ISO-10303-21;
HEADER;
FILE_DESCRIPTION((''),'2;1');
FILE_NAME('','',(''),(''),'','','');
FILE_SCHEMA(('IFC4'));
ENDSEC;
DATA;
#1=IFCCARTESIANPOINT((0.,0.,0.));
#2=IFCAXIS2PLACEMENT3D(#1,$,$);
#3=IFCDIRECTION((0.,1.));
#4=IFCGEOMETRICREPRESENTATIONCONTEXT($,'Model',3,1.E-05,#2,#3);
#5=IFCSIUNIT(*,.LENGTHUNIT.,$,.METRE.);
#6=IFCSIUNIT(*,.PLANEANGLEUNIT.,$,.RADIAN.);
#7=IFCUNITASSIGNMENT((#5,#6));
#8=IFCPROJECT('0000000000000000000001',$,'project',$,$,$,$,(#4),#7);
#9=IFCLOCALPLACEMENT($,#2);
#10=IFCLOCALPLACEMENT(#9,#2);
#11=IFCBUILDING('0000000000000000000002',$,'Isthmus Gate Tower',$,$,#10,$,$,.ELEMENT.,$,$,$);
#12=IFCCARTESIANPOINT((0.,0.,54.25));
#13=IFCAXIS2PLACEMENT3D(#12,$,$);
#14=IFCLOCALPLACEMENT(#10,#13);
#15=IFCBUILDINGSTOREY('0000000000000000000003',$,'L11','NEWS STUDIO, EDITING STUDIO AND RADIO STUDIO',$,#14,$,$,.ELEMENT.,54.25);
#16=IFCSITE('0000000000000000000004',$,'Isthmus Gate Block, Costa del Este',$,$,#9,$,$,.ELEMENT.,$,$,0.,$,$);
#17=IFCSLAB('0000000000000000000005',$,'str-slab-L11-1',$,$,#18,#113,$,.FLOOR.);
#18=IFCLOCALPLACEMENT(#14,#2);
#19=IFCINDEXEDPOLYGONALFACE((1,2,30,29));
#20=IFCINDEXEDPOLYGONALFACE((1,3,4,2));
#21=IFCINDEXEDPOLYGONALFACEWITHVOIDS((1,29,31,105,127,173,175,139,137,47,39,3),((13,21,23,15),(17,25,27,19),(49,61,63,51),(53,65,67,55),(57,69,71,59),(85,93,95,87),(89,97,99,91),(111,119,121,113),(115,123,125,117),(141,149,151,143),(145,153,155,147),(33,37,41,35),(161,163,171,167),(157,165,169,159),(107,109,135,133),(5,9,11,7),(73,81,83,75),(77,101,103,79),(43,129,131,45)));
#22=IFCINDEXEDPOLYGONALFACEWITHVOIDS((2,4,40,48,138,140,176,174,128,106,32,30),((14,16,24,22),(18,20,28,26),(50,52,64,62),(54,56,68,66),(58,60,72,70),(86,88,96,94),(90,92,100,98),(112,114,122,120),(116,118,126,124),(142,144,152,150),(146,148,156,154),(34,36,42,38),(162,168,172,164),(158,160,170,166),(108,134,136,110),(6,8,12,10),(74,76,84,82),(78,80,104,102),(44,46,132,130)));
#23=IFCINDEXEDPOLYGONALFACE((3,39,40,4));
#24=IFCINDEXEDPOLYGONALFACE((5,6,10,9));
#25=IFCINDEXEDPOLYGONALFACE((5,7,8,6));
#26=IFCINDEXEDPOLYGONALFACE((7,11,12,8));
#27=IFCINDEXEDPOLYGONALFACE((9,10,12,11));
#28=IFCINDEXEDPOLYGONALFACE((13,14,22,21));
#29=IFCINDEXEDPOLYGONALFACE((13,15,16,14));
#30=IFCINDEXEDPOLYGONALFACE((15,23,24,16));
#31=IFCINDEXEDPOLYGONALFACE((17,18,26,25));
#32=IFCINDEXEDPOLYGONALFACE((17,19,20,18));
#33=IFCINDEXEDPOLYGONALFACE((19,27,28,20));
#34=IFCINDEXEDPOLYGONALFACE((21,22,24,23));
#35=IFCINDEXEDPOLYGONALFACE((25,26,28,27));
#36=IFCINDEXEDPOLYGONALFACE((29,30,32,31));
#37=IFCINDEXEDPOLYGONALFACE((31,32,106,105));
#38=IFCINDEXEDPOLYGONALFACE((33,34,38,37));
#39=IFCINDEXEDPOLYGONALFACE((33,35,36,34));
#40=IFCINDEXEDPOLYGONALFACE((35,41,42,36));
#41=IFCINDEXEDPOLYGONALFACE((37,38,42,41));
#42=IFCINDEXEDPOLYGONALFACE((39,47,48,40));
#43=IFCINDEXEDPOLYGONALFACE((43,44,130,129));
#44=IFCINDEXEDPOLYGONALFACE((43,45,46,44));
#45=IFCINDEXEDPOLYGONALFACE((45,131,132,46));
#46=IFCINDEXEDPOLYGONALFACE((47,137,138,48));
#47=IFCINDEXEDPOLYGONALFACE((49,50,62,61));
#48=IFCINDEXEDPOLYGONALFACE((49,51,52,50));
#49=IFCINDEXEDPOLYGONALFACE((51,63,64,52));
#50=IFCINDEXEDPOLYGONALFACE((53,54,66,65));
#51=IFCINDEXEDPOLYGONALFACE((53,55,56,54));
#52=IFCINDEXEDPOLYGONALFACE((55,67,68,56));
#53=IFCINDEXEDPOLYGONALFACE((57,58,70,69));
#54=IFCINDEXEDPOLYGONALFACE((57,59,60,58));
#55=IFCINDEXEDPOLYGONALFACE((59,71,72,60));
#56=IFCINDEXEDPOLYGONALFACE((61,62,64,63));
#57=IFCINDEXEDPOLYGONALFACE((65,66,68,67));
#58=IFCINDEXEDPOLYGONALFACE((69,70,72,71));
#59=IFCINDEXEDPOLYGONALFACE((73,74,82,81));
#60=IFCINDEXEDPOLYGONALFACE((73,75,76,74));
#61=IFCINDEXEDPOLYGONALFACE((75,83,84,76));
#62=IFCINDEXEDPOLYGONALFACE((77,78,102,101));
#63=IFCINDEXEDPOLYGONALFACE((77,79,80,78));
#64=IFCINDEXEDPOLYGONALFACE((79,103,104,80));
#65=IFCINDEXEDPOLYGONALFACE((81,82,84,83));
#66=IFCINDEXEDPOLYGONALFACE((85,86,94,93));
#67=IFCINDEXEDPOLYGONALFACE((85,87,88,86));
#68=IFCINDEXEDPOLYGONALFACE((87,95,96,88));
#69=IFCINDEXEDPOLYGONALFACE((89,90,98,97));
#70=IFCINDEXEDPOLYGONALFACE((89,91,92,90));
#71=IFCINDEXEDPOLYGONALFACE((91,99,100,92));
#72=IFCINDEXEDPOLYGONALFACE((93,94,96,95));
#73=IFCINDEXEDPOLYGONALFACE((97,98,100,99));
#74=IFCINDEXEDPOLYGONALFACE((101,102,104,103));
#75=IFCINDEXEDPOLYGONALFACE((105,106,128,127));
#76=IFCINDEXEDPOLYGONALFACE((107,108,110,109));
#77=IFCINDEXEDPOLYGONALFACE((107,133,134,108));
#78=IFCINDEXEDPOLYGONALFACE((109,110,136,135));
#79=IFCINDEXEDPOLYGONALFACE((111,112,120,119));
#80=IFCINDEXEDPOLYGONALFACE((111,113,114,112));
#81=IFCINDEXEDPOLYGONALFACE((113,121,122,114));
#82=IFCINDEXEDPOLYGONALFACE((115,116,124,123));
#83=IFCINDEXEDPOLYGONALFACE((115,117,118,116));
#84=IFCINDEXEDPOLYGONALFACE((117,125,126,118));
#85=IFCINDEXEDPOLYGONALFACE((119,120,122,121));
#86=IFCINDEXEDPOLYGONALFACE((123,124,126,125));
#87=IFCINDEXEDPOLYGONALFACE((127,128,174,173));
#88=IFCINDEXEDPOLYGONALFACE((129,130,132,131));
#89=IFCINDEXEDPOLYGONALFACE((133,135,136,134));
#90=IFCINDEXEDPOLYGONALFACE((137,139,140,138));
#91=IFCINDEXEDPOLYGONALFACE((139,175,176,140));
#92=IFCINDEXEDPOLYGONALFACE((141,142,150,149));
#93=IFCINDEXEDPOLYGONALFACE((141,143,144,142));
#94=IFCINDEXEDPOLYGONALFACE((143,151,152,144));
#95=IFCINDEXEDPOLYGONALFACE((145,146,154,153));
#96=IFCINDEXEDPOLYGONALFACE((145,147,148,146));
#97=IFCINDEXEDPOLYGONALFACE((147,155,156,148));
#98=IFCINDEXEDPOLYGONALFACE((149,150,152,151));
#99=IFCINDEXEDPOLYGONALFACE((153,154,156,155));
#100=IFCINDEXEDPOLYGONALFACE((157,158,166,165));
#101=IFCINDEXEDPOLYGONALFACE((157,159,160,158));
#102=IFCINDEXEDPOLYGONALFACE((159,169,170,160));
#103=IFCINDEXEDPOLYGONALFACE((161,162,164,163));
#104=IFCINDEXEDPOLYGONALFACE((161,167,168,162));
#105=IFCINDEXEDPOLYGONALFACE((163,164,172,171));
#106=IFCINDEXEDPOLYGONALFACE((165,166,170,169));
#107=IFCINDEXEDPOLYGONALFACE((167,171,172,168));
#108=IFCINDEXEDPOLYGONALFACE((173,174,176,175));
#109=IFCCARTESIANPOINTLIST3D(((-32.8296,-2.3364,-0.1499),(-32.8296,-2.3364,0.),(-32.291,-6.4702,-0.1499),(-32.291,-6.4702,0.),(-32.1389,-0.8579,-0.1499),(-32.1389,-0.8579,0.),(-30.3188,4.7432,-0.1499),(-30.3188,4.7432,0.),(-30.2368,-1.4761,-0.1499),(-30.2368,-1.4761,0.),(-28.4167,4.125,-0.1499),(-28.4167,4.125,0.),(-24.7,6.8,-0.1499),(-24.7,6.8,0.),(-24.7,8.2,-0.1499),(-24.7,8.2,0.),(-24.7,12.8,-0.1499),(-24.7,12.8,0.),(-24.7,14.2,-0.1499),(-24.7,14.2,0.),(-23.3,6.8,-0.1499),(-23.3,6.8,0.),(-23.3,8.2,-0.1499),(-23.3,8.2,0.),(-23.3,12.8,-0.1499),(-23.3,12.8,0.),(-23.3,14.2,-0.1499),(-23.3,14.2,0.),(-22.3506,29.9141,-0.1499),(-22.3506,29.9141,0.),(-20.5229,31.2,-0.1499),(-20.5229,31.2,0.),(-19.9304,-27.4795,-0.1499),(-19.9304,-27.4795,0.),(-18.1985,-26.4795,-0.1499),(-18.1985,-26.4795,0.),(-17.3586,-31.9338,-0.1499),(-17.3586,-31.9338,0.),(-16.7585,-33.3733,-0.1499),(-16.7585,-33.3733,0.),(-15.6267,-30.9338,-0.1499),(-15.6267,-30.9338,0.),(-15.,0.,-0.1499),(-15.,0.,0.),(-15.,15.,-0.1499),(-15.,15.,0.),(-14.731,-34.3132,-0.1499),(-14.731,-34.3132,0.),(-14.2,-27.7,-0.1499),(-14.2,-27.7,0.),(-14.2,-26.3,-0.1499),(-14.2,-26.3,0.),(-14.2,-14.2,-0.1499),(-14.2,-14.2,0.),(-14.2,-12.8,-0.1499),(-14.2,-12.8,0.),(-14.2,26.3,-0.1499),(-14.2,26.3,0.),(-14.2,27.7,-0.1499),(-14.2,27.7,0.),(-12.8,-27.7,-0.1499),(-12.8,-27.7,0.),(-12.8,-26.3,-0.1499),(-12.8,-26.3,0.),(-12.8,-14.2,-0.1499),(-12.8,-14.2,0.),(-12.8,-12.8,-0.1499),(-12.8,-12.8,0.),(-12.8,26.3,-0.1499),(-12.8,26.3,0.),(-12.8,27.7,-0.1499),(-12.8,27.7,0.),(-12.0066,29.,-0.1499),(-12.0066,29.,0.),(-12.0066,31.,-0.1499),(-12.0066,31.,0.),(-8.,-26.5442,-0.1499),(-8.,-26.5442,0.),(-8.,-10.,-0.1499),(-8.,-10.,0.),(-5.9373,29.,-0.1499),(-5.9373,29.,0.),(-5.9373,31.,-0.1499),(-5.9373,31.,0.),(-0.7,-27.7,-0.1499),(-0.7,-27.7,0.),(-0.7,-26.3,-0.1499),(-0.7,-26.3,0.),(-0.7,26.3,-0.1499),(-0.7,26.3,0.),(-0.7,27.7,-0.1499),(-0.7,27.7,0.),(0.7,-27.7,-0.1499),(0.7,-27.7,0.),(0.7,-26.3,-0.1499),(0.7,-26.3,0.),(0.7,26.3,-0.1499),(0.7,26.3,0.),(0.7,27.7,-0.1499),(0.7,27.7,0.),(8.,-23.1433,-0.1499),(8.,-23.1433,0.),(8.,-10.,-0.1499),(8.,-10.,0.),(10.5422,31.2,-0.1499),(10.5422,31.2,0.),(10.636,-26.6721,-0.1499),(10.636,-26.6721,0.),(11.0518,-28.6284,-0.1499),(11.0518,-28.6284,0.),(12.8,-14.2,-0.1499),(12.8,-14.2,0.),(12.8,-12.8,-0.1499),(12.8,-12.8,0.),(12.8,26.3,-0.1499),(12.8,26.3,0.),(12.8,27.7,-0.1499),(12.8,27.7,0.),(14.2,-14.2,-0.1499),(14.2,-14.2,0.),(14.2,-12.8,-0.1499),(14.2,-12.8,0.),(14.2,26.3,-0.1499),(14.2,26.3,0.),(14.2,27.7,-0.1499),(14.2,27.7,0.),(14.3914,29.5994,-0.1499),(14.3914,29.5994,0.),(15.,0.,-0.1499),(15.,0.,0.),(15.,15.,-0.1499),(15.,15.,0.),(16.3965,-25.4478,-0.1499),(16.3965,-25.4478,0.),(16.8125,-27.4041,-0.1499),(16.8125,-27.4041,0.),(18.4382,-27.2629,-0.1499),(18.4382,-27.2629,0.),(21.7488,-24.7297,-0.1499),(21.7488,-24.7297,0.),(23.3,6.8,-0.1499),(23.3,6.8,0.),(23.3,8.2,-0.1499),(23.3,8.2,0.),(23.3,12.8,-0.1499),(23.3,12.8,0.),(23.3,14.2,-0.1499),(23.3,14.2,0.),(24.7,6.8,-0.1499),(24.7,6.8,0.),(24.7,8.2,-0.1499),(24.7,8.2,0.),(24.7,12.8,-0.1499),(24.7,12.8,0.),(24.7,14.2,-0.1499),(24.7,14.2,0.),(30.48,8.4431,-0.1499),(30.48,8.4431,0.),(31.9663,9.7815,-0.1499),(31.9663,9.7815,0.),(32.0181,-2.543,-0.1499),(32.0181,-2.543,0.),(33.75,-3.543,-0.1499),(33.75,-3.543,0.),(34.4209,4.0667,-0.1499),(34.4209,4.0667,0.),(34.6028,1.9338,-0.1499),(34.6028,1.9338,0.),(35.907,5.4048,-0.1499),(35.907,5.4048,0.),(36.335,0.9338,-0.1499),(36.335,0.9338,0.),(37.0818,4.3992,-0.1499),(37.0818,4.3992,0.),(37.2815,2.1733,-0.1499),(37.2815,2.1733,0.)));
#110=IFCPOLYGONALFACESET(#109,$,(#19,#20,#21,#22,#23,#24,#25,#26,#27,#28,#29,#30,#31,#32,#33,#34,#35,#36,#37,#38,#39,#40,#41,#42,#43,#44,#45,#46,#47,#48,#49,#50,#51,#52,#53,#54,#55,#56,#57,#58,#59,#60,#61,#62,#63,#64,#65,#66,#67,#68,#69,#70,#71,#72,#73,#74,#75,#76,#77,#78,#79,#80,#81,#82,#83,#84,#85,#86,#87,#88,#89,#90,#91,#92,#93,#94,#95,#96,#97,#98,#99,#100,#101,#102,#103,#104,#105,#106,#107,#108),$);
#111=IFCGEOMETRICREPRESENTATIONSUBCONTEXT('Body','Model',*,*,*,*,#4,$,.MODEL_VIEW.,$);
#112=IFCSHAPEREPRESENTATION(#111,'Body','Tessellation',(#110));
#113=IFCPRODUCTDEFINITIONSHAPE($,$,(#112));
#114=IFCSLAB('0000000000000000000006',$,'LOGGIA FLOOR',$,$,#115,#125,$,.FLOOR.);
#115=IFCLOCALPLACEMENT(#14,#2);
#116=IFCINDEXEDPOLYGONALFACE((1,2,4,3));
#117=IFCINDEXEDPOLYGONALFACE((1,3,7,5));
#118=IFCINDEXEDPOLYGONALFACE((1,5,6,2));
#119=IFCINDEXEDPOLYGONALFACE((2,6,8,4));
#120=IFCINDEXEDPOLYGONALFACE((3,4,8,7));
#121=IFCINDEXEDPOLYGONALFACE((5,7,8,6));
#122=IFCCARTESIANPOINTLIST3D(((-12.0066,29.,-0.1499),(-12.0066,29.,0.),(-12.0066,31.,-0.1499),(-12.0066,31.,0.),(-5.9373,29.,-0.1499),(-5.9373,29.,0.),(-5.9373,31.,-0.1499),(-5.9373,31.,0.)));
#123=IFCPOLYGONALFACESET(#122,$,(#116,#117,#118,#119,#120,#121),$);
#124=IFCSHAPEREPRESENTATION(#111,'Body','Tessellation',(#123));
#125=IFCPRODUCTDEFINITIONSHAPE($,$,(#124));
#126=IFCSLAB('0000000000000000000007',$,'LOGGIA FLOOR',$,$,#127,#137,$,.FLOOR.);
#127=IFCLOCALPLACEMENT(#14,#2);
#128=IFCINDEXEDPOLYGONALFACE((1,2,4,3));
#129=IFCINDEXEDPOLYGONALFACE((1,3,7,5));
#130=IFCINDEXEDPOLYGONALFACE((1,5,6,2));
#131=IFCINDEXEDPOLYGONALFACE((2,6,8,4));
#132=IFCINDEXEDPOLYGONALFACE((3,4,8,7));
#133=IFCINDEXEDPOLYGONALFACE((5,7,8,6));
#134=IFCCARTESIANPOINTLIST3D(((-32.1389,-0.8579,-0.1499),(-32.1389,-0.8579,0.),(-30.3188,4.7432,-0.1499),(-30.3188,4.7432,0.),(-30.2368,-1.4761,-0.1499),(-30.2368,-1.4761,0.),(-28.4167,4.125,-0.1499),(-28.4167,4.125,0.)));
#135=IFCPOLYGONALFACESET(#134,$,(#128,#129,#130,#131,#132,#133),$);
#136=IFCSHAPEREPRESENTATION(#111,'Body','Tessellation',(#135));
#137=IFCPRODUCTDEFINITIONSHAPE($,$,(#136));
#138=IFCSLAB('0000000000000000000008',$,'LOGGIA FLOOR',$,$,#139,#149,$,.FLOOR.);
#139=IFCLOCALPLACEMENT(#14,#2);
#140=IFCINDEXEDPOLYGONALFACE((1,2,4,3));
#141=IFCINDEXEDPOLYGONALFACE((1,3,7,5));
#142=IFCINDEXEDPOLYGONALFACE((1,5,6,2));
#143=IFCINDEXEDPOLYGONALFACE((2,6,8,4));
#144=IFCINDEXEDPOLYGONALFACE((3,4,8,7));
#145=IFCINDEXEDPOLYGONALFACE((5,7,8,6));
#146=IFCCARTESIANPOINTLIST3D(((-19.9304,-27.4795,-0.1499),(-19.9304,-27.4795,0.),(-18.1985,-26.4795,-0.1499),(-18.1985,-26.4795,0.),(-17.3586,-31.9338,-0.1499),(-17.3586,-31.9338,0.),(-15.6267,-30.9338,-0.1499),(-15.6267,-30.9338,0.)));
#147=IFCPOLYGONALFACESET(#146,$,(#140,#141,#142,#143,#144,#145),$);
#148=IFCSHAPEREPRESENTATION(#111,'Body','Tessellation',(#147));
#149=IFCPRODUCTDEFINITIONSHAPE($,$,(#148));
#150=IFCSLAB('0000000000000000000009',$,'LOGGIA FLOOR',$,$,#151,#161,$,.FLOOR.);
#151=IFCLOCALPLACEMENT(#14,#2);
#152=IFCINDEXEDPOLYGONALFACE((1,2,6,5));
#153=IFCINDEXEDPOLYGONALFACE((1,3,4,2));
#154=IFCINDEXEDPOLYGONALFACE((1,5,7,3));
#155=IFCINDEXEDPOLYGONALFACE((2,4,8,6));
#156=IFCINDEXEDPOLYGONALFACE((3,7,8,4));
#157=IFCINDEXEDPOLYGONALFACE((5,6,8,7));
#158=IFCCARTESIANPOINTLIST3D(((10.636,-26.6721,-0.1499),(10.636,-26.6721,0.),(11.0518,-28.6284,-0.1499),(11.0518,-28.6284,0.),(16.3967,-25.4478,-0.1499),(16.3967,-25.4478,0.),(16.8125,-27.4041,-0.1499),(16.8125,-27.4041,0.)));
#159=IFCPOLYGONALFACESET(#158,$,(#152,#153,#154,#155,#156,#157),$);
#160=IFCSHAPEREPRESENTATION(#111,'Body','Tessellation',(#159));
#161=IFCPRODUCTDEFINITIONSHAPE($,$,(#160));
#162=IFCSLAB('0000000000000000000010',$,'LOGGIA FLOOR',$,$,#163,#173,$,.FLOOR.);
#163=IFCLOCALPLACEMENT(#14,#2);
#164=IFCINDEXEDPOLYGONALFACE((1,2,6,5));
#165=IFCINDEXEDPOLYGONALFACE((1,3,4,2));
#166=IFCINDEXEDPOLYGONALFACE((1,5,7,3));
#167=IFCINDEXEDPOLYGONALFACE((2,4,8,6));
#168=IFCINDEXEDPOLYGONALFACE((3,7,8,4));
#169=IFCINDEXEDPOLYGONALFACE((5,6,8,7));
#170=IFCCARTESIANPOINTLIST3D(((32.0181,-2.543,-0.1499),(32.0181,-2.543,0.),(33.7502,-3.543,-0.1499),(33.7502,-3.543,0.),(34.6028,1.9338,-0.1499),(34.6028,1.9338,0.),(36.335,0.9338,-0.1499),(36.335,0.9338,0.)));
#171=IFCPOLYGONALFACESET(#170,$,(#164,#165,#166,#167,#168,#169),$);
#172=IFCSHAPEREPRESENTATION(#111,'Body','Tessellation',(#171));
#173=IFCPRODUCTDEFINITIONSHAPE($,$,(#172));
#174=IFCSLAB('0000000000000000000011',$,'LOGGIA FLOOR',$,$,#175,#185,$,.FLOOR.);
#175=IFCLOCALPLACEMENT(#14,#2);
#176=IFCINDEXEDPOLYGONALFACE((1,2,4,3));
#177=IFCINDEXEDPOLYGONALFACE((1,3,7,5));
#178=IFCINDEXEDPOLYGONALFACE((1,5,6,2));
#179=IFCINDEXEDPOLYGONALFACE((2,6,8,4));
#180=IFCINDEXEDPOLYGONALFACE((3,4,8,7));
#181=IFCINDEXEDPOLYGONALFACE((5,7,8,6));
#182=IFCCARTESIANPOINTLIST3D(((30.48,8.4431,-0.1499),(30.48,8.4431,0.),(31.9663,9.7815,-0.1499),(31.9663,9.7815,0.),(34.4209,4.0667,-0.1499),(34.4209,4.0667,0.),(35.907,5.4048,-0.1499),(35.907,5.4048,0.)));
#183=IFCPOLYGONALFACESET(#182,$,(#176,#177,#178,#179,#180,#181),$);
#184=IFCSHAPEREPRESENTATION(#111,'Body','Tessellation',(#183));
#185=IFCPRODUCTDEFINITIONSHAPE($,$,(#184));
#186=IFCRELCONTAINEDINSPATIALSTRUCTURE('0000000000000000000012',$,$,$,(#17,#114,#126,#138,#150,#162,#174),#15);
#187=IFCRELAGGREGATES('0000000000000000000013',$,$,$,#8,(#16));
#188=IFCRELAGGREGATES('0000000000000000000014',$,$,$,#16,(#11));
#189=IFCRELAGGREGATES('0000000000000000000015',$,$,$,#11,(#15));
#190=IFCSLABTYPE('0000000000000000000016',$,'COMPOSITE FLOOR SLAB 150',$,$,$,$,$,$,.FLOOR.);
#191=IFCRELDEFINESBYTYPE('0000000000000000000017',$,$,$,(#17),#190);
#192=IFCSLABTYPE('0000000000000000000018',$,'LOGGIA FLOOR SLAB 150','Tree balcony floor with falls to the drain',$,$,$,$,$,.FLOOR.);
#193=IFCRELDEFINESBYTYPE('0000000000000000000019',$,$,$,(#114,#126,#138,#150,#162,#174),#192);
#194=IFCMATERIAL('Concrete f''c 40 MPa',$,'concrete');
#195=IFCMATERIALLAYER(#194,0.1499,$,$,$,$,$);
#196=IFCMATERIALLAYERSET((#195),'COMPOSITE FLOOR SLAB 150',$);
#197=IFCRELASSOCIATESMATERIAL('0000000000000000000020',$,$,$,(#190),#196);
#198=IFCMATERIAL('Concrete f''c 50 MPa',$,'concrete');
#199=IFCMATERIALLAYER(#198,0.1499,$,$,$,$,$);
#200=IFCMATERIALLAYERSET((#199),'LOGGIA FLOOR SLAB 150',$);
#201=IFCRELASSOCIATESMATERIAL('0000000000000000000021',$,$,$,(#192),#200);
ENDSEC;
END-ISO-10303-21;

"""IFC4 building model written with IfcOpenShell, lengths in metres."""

from ifc_helpers import new_model, si_unit, direction, frame, origin, place, context, subcontext, project, spatial, polyline, outline, extrude, material, layer, layer_set, type_object, element, save


model = new_model("IFC4")

# Units and contexts
model_context = context("Model", 3, precision=1e-05, world=origin(), true_north=direction((0.0, 1.0)))
body_context = subcontext(model_context, "Body", "Model", "MODEL_VIEW")
ifc_project = project(units=[si_unit("LENGTHUNIT", "METRE"), si_unit("PLANEANGLEUNIT", "RADIAN")], contexts=[model_context])

# Site, building, storey
site_placement = place(None, origin())
site = spatial("IfcSite", under=ifc_project, at=site_placement, Name="Isthmus Gate Block, Costa del Este", CompositionType="ELEMENT", RefElevation=0.0)
building_placement = place(site_placement, origin())
building = spatial("IfcBuilding", under=site, at=building_placement, Name="Isthmus Gate Tower", CompositionType="ELEMENT")
storey_placement = place(building_placement, frame((0.0, 0.0, 54.25)))
storey = spatial("IfcBuildingStorey", under=building, at=storey_placement, Name="L11", Description="NEWS STUDIO, EDITING STUDIO AND RADIO STUDIO", CompositionType="ELEMENT", Elevation=54.25)

# Slabs
ifc_material_1 = material(Name="Concrete f'c 40 MPa", Category="concrete")
ifc_layer_1 = layer(ifc_material_1, 0.1499)
ifc_layer_set_1 = layer_set([ifc_layer_1], Name="COMPOSITE FLOOR SLAB 150")
slab_type_1 = type_object("IfcSlabType", Name="COMPOSITE FLOOR SLAB 150", PredefinedType="FLOOR", material=ifc_layer_set_1)
slab_1_placement = place(storey_placement, frame((0.0, 0.0, -0.1499)))
element("IfcSlab", 1, at=slab_1_placement, inside=storey, type_object=slab_type_1, Name="str-slab-L11-1", PredefinedType="FLOOR", context=body_context, shape_type="SweptSolid", body=[
    extrude(outline(polyline([(14.3914, 29.5994), (37.0818, 4.3992), (37.2815, 2.1733), (21.7488, -24.7297), (18.4382, -27.2629), (-14.731, -34.3132), (-16.7585, -33.3733), (-32.291, -6.4702), (-32.8296, -2.3364), (-22.3506, 29.9141), (-20.5229, 31.2), (10.5422, 31.2), (14.3914, 29.5994)]), holes=[polyline([(-17.3586, -31.9338), (-15.6267, -30.9338), (-18.1985, -26.4795), (-19.9304, -27.4795), (-17.3586, -31.9338)]), polyline([(-14.2, -26.3), (-14.2, -27.7), (-12.8, -27.7), (-12.8, -26.3), (-14.2, -26.3)]), polyline([(-0.7, -26.3), (-0.7, -27.7), (0.7, -27.7), (0.7, -26.3), (-0.7, -26.3)]), polyline([(8.0, -23.1433), (8.0, -10.0), (-8.0, -10.0), (-8.0, -26.5442), (8.0, -23.1433)]), polyline([(-14.2, -12.8), (-14.2, -14.2), (-12.8, -14.2), (-12.8, -12.8), (-14.2, -12.8)]), polyline([(-32.1389, -0.8579), (-30.2368, -1.4761), (-28.4167, 4.125), (-30.3188, 4.7432), (-32.1389, -0.8579)]), polyline([(-23.3, 8.2), (-24.7, 8.2), (-24.7, 6.8), (-23.3, 6.8), (-23.3, 8.2)]), polyline([(-23.3, 12.8), (-23.3, 14.2), (-24.7, 14.2), (-24.7, 12.8), (-23.3, 12.8)]), polyline([(-12.8, 27.7), (-14.2, 27.7), (-14.2, 26.3), (-12.8, 26.3), (-12.8, 27.7)]), polyline([(-12.0066, 31.0), (-12.0066, 29.0), (-5.9373, 29.0), (-5.9373, 31.0), (-12.0066, 31.0)]), polyline([(16.8125, -27.4041), (16.3965, -25.4478), (10.636, -26.6721), (11.0518, -28.6284), (16.8125, -27.4041)]), polyline([(14.2, -12.8), (12.8, -12.8), (12.8, -14.2), (14.2, -14.2), (14.2, -12.8)]), polyline([(33.75, -3.543), (36.335, 0.9338), (34.6028, 1.9338), (32.0181, -2.543), (33.75, -3.543)]), polyline([(35.907, 5.4048), (31.9663, 9.7815), (30.48, 8.4431), (34.4209, 4.0667), (35.907, 5.4048)]), polyline([(15.0, 15.0), (-15.0, 15.0), (-15.0, 0.0), (15.0, 0.0), (15.0, 15.0)]), polyline([(24.7, 8.2), (23.3, 8.2), (23.3, 6.8), (24.7, 6.8), (24.7, 8.2)]), polyline([(23.3, 14.2), (23.3, 12.8), (24.7, 12.8), (24.7, 14.2), (23.3, 14.2)]), polyline([(0.7, 26.3), (0.7, 27.7), (-0.7, 27.7), (-0.7, 26.3), (0.7, 26.3)]), polyline([(14.2, 26.3), (14.2, 27.7), (12.8, 27.7), (12.8, 26.3), (14.2, 26.3)])]), origin(), (0.0, 0.0, 1.0), 0.1499),
])
ifc_material_2 = material(Name="Concrete f'c 50 MPa", Category="concrete")
ifc_layer_2 = layer(ifc_material_2, 0.1499)
ifc_layer_set_2 = layer_set([ifc_layer_2], Name="LOGGIA FLOOR SLAB 150")
slab_type_2 = type_object("IfcSlabType", Name="LOGGIA FLOOR SLAB 150", Description="Tree balcony floor with falls to the drain", PredefinedType="FLOOR", material=ifc_layer_set_2)
slab_2_placement = place(storey_placement, frame((0.0, 0.0, -0.1499)))
element("IfcSlab", 2, at=slab_2_placement, inside=storey, type_object=slab_type_2, Name="LOGGIA FLOOR", PredefinedType="FLOOR", context=body_context, shape_type="SweptSolid", body=[
    extrude(outline(polyline([(-5.9373, 31.0), (-12.0066, 31.0), (-12.0066, 29.0), (-5.9373, 29.0), (-5.9373, 31.0)])), origin(), (0.0, 0.0, 1.0), 0.1499),
])
slab_3_placement = place(storey_placement, frame((0.0, 0.0, -0.1499)))
element("IfcSlab", 3, at=slab_3_placement, inside=storey, type_object=slab_type_2, Name="LOGGIA FLOOR", PredefinedType="FLOOR", context=body_context, shape_type="SweptSolid", body=[
    extrude(outline(polyline([(-30.3188, 4.7432), (-32.1389, -0.8579), (-30.2368, -1.4761), (-28.4167, 4.125), (-30.3188, 4.7432)])), origin(), (0.0, 0.0, 1.0), 0.1499),
])
slab_4_placement = place(storey_placement, frame((0.0, 0.0, -0.1499)))
element("IfcSlab", 4, at=slab_4_placement, inside=storey, type_object=slab_type_2, Name="LOGGIA FLOOR", PredefinedType="FLOOR", context=body_context, shape_type="SweptSolid", body=[
    extrude(outline(polyline([(-19.9304, -27.4795), (-17.3586, -31.9338), (-15.6267, -30.9338), (-18.1985, -26.4795), (-19.9304, -27.4795)])), origin(), (0.0, 0.0, 1.0), 0.1499),
])
slab_5_placement = place(storey_placement, frame((0.0, 0.0, -0.1499)))
element("IfcSlab", 5, at=slab_5_placement, inside=storey, type_object=slab_type_2, Name="LOGGIA FLOOR", PredefinedType="FLOOR", context=body_context, shape_type="SweptSolid", body=[
    extrude(outline(polyline([(11.0518, -28.6284), (16.8125, -27.4041), (16.3967, -25.4478), (10.636, -26.6721), (11.0518, -28.6284)])), origin(), (0.0, 0.0, 1.0), 0.1499),
])
slab_6_placement = place(storey_placement, frame((0.0, 0.0, -0.1499)))
element("IfcSlab", 6, at=slab_6_placement, inside=storey, type_object=slab_type_2, Name="LOGGIA FLOOR", PredefinedType="FLOOR", context=body_context, shape_type="SweptSolid", body=[
    extrude(outline(polyline([(33.7502, -3.543), (36.335, 0.9338), (34.6028, 1.9338), (32.0181, -2.543), (33.7502, -3.543)])), origin(), (0.0, 0.0, 1.0), 0.1499),
])
slab_7_placement = place(storey_placement, frame((0.0, 0.0, -0.1499)))
element("IfcSlab", 7, at=slab_7_placement, inside=storey, type_object=slab_type_2, Name="LOGGIA FLOOR", PredefinedType="FLOOR", context=body_context, shape_type="SweptSolid", body=[
    extrude(outline(polyline([(35.907, 5.4048), (31.9663, 9.7815), (30.48, 8.4431), (34.4209, 4.0667), (35.907, 5.4048)])), origin(), (0.0, 0.0, 1.0), 0.1499),
])

save(model, "model.ifc")
